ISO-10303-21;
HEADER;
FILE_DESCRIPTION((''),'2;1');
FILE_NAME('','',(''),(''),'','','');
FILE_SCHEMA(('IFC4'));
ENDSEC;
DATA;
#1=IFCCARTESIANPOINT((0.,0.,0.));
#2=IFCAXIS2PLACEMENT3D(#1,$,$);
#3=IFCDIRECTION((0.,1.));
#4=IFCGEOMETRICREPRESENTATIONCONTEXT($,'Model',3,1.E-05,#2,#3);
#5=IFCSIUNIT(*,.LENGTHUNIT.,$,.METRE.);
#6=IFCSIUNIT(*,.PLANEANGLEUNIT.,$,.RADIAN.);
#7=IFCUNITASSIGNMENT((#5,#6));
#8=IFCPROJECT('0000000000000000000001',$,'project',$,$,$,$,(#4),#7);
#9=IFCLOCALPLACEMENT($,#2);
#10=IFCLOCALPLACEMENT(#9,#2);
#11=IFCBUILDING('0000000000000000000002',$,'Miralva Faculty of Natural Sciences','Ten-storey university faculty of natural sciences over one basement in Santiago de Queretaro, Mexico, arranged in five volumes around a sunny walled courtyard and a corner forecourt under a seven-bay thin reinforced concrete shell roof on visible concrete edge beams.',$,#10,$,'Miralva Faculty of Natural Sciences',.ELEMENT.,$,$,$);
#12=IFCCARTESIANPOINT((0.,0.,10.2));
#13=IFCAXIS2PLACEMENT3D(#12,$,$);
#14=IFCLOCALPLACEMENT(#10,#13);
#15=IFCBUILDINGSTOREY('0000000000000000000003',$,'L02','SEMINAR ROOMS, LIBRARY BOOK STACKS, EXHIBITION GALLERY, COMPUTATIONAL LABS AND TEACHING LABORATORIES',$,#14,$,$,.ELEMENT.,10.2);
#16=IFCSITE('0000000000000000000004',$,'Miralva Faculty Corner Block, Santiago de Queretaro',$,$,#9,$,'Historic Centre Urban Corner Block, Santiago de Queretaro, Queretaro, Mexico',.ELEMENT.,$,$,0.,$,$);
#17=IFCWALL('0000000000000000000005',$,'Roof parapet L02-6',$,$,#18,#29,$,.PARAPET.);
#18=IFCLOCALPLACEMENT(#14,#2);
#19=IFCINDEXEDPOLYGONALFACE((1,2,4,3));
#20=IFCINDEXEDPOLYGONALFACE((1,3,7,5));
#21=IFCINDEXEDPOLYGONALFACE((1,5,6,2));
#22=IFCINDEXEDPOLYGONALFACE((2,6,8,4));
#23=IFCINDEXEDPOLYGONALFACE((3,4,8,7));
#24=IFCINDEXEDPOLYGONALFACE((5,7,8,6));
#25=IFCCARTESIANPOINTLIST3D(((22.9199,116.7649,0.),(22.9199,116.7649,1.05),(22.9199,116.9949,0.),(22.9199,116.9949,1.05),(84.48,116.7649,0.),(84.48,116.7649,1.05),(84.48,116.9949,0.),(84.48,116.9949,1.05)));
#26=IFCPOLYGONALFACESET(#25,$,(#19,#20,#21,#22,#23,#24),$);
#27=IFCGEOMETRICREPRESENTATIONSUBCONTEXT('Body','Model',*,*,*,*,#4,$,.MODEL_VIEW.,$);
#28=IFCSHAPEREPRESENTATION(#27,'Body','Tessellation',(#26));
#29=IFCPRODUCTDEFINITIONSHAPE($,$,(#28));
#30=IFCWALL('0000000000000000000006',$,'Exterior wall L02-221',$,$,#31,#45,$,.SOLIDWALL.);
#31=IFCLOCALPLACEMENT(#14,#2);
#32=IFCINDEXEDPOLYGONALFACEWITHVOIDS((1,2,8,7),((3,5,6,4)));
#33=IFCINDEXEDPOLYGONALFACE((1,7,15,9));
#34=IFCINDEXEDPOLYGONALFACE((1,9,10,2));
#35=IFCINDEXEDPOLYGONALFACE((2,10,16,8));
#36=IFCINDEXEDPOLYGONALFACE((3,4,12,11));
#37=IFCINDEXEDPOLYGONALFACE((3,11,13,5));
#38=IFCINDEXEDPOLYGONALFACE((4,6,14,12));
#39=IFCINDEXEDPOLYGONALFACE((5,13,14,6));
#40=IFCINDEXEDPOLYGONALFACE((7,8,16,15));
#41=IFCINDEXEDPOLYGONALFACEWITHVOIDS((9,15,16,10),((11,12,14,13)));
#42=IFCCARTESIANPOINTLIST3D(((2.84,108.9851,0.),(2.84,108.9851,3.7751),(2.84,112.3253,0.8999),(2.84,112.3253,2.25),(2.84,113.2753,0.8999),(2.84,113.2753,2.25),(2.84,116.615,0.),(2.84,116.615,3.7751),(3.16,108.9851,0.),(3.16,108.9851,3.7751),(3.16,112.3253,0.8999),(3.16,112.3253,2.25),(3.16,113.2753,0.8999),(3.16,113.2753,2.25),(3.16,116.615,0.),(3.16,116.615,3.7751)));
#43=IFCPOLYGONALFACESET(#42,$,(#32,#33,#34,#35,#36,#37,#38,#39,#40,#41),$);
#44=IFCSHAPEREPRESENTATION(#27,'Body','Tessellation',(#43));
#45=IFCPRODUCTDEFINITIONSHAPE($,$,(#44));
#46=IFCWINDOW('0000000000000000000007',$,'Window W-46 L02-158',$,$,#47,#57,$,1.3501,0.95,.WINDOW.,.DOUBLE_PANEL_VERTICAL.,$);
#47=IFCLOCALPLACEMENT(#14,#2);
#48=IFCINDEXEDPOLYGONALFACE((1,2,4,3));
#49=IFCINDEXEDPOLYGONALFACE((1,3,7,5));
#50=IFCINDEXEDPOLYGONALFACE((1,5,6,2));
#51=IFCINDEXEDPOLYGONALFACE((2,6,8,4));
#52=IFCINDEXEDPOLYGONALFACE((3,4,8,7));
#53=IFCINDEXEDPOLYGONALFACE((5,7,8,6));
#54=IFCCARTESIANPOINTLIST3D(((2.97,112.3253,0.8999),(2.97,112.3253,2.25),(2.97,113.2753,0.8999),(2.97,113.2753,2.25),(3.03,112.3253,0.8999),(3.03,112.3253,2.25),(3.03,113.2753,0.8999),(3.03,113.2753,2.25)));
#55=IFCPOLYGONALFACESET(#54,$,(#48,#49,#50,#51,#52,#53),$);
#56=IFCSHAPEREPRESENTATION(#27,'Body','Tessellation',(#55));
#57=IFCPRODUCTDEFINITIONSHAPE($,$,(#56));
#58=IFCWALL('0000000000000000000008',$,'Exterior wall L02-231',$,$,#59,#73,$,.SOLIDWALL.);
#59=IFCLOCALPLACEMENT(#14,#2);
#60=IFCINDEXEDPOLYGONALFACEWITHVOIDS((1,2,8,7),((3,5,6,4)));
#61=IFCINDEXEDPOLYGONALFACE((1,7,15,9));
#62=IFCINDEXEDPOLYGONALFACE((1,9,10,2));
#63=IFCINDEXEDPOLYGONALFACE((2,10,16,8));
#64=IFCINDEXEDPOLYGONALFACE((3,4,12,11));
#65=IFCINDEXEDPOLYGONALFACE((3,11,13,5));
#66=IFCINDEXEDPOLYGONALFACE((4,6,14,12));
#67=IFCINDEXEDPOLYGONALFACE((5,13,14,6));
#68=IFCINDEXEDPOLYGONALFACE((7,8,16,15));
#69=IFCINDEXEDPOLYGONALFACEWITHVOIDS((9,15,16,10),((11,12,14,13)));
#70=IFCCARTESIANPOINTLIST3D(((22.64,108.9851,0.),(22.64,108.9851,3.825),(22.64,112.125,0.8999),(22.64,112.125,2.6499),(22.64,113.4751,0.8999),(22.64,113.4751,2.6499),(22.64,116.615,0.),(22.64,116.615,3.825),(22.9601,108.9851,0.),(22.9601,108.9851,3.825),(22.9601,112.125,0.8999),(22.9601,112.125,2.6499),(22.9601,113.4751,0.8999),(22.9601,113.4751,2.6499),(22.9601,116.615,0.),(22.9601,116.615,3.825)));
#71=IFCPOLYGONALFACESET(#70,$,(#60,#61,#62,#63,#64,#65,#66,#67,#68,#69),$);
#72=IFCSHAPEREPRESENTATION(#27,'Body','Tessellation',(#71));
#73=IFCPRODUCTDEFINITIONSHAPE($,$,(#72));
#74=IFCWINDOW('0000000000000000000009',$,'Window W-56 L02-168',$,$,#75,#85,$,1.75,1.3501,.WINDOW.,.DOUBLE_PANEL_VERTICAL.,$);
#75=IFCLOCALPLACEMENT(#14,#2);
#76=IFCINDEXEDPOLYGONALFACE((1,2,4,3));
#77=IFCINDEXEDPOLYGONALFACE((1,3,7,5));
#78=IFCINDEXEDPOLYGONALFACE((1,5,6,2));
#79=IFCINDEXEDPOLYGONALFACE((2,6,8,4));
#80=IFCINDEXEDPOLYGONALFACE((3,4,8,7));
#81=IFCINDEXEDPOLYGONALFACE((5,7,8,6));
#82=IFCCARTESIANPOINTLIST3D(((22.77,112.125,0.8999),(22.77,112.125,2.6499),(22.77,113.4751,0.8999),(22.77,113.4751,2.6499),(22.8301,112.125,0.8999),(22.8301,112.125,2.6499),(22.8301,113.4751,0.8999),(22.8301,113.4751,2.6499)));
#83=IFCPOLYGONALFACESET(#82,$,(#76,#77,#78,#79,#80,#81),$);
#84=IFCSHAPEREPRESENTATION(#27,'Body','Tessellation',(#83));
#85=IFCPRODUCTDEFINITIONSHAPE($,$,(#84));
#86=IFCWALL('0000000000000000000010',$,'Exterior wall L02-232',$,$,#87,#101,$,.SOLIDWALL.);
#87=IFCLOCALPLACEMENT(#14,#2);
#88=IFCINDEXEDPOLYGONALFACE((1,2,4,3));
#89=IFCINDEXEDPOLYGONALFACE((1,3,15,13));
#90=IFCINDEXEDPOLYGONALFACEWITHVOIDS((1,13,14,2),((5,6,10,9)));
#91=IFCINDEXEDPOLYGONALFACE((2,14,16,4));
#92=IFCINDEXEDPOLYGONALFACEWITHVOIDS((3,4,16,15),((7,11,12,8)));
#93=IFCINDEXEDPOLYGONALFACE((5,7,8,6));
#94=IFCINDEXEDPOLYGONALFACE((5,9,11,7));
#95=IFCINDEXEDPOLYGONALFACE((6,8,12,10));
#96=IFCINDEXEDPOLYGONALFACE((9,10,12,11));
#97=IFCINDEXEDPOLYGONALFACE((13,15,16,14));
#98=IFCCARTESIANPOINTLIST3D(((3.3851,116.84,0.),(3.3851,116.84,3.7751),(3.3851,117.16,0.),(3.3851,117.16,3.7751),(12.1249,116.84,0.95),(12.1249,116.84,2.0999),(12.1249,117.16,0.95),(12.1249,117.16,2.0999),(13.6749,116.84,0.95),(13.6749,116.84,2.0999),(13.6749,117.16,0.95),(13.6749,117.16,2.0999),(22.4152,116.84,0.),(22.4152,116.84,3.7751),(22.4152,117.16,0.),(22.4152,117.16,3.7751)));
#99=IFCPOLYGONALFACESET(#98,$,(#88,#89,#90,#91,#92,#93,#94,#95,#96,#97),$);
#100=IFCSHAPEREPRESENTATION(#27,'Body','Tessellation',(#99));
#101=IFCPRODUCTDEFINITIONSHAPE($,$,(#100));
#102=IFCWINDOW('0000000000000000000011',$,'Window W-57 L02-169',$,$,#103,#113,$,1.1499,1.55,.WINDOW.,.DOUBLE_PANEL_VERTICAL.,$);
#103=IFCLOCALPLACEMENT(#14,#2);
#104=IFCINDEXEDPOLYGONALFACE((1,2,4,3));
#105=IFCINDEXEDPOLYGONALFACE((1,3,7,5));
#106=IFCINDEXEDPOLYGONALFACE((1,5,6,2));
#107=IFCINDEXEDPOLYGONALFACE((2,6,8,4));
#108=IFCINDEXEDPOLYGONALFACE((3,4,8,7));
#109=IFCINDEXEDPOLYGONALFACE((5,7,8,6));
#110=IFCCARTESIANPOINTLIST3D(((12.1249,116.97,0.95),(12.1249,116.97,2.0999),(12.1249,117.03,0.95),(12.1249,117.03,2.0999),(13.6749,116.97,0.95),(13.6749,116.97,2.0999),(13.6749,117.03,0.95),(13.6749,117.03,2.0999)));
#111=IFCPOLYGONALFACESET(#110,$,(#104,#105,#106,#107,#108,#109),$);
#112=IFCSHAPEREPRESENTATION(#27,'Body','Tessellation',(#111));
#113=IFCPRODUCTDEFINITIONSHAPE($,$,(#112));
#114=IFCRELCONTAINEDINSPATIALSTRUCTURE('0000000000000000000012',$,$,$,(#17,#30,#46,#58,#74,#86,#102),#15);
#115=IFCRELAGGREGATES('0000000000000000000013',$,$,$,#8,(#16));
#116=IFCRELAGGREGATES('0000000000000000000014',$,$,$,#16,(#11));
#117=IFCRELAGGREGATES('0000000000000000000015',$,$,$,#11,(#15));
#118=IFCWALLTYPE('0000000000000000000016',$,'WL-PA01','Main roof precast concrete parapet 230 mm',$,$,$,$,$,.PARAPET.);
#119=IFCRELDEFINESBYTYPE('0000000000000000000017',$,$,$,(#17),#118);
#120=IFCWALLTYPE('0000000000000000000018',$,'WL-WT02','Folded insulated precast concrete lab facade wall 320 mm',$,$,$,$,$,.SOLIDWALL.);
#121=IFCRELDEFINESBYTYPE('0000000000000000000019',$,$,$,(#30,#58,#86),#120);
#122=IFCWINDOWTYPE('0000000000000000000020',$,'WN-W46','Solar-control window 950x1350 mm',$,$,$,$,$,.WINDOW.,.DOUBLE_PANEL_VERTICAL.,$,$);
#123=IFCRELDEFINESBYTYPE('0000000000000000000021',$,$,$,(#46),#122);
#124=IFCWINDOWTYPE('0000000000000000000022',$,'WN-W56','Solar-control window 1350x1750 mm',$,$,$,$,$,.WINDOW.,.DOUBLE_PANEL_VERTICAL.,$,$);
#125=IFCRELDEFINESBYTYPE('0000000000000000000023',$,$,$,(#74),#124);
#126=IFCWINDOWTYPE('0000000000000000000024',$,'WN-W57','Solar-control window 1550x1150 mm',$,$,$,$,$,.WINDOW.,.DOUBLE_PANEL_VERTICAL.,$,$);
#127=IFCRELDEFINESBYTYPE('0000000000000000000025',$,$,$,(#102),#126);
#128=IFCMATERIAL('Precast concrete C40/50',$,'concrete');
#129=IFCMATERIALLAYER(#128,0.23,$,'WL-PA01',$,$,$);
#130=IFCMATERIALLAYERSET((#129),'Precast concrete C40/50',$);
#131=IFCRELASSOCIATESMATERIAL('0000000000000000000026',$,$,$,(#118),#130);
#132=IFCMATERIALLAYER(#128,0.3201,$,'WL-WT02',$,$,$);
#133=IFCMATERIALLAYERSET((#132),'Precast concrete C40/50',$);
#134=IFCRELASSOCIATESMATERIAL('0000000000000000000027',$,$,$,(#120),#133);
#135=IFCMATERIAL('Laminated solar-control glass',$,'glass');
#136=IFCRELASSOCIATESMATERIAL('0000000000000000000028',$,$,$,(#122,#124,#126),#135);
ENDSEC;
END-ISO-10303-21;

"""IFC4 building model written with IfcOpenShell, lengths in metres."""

from ifc_helpers import new_model, si_unit, direction, frame, frame_2d, origin, place, context, subcontext, project, spatial, rectangle, extrude, material, layer, layer_set, type_object, element, fill, save


model = new_model("IFC4")

# Units and contexts
model_context = context("Model", 3, precision=1e-05, world=origin(), true_north=direction((0.0, 1.0)))
body_context = subcontext(model_context, "Body", "Model", "MODEL_VIEW")
ifc_project = project(units=[si_unit("LENGTHUNIT", "METRE"), si_unit("PLANEANGLEUNIT", "RADIAN")], contexts=[model_context])

# Site, building, storey
site_placement = place(None, origin())
site = spatial("IfcSite", under=ifc_project, at=site_placement, Name="Miralva Faculty Corner Block, Santiago de Queretaro", LongName="Historic Centre Urban Corner Block, Santiago de Queretaro, Queretaro, Mexico", CompositionType="ELEMENT", RefElevation=0.0)
building_placement = place(site_placement, origin())
building = spatial("IfcBuilding", under=site, at=building_placement, Name="Miralva Faculty of Natural Sciences", Description="Ten-storey university faculty of natural sciences over one basement in Santiago de Queretaro, Mexico, arranged in five volumes around a sunny walled courtyard and a corner forecourt under a seven-bay thin reinforced concrete shell roof on visible concrete edge beams.", LongName="Miralva Faculty of Natural Sciences", CompositionType="ELEMENT")
storey_placement = place(building_placement, frame((0.0, 0.0, 10.2)))
storey = spatial("IfcBuildingStorey", under=building, at=storey_placement, Name="L02", Description="SEMINAR ROOMS, LIBRARY BOOK STACKS, EXHIBITION GALLERY, COMPUTATIONAL LABS AND TEACHING LABORATORIES", CompositionType="ELEMENT", Elevation=10.2)

# Wall
ifc_material_1 = material(Name="Precast concrete C40/50", Category="concrete")
ifc_layer_1 = layer(ifc_material_1, 0.23, Name="WL-PA01")
ifc_layer_set_1 = layer_set([ifc_layer_1], Name="Precast concrete C40/50")
wall_type_1 = type_object("IfcWallType", Name="WL-PA01", Description="Main roof precast concrete parapet 230 mm", PredefinedType="PARAPET", material=ifc_layer_set_1)
wall_1_placement = place(storey_placement, frame((22.9199, 116.8799, 0.0), z_axis=(0.0, 0.0, 1.0), x_axis=(1.0, 0.0, 0.0)))
element("IfcWall", 1, at=wall_1_placement, inside=storey, type_object=wall_type_1, Name="Roof parapet L02-6", PredefinedType="PARAPET", context=body_context, shape_type="SweptSolid", body=[
    extrude(rectangle(XDim=61.5601, YDim=0.23, at=frame_2d((30.78, 0.0))), origin(), (0.0, 0.0, 1.0), 1.05),
])

# Walls, openings, windows
ifc_layer_2 = layer(ifc_material_1, 0.3201, Name="WL-WT02")
ifc_layer_set_2 = layer_set([ifc_layer_2], Name="Precast concrete C40/50")
wall_type_2 = type_object("IfcWallType", Name="WL-WT02", Description="Folded insulated precast concrete lab facade wall 320 mm", PredefinedType="SOLIDWALL", material=ifc_layer_set_2)
wall_2_placement = place(storey_placement, frame((3.0, 108.9851, 0.0), z_axis=(0.0, 0.0, 1.0), x_axis=(0.0, 1.0, 0.0)))
wall_2 = element("IfcWall", 2, at=wall_2_placement, inside=storey, type_object=wall_type_2, Name="Exterior wall L02-221", PredefinedType="SOLIDWALL", context=body_context, shape_type="SweptSolid", body=[
    extrude(rectangle(XDim=7.6299, YDim=0.3201, at=frame_2d((3.8149, 0.0))), origin(), (0.0, 0.0, 1.0), 3.7751),
])
opening_1_placement = place(wall_2_placement, frame((3.3401, 0.0, 0.8999)))
opening_1 = element("IfcOpeningElement", 3, at=opening_1_placement, cuts=wall_2, PredefinedType="OPENING", context=body_context, shape_type="SweptSolid", body=[
    extrude(rectangle(XDim=0.95, YDim=1.3501, at=frame_2d((0.4751, 0.675))), frame((0.0, 0.1699, 0.0), z_axis=(0.0, -1.0, 0.0), x_axis=(1.0, 0.0, 0.0)), (0.0, 0.0, 1.0), 0.3401),
])
ifc_material_2 = material(Name="Laminated solar-control glass", Category="glass")
window_type_1 = type_object("IfcWindowType", Name="WN-W46", Description="Solar-control window 950x1350 mm", PartitioningType="DOUBLE_PANEL_VERTICAL", PredefinedType="WINDOW", material=ifc_material_2)
window_1_placement = place(opening_1_placement, origin())
window_1 = element("IfcWindow", 4, at=window_1_placement, inside=storey, type_object=window_type_1, Name="Window W-46 L02-158", OverallHeight=1.3501, OverallWidth=0.95, PartitioningType="DOUBLE_PANEL_VERTICAL", PredefinedType="WINDOW", context=body_context, shape_type="SweptSolid", body=[
    extrude(rectangle(XDim=0.95, YDim=1.3501, at=frame_2d((0.4751, 0.675))), frame((0.0, 0.03, 0.0), z_axis=(0.0, -1.0, 0.0), x_axis=(1.0, 0.0, 0.0)), (0.0, 0.0, 1.0), 0.0601),
])
fill(opening_1, window_1)
wall_3_placement = place(storey_placement, frame((22.8, 108.9851, 0.0), z_axis=(0.0, 0.0, 1.0), x_axis=(0.0, 1.0, 0.0)))
wall_3 = element("IfcWall", 5, at=wall_3_placement, inside=storey, type_object=wall_type_2, Name="Exterior wall L02-231", PredefinedType="SOLIDWALL", context=body_context, shape_type="SweptSolid", body=[
    extrude(rectangle(XDim=7.6299, YDim=0.3201, at=frame_2d((3.8149, 0.0))), origin(), (0.0, 0.0, 1.0), 3.825),
])
opening_2_placement = place(wall_3_placement, frame((3.1399, 0.0, 0.8999)))
opening_2 = element("IfcOpeningElement", 6, at=opening_2_placement, cuts=wall_3, PredefinedType="OPENING", context=body_context, shape_type="SweptSolid", body=[
    extrude(rectangle(XDim=1.3501, YDim=1.75, at=frame_2d((0.675, 0.875))), frame((0.0, 0.1699, 0.0), z_axis=(0.0, -1.0, 0.0), x_axis=(1.0, 0.0, 0.0)), (0.0, 0.0, 1.0), 0.3401),
])
window_type_2 = type_object("IfcWindowType", Name="WN-W56", Description="Solar-control window 1350x1750 mm", PartitioningType="DOUBLE_PANEL_VERTICAL", PredefinedType="WINDOW", material=ifc_material_2)
window_2_placement = place(opening_2_placement, frame((1.3501, 0.0, 0.0), z_axis=(0.0, 0.0, 1.0), x_axis=(-1.0, 0.0, 0.0)))
window_2 = element("IfcWindow", 7, at=window_2_placement, inside=storey, type_object=window_type_2, Name="Window W-56 L02-168", OverallHeight=1.75, OverallWidth=1.3501, PartitioningType="DOUBLE_PANEL_VERTICAL", PredefinedType="WINDOW", context=body_context, shape_type="SweptSolid", body=[
    extrude(rectangle(XDim=1.3501, YDim=1.75, at=frame_2d((0.675, 0.875))), frame((0.0, 0.03, 0.0), z_axis=(0.0, -1.0, 0.0), x_axis=(1.0, 0.0, 0.0)), (0.0, 0.0, 1.0), 0.0601),
])
fill(opening_2, window_2)
wall_4_placement = place(storey_placement, frame((3.385, 117.0, 0.0), z_axis=(0.0, 0.0, 1.0), x_axis=(1.0, 0.0, 0.0)))
wall_4 = element("IfcWall", 8, at=wall_4_placement, inside=storey, type_object=wall_type_2, Name="Exterior wall L02-232", PredefinedType="SOLIDWALL", context=body_context, shape_type="SweptSolid", body=[
    extrude(rectangle(XDim=19.03, YDim=0.3201, at=frame_2d((9.5151, 0.0))), origin(), (0.0, 0.0, 1.0), 3.7751),
])
opening_3_placement = place(wall_4_placement, frame((8.74, 0.0, 0.95)))
opening_3 = element("IfcOpeningElement", 9, at=opening_3_placement, cuts=wall_4, PredefinedType="OPENING", context=body_context, shape_type="SweptSolid", body=[
    extrude(rectangle(XDim=1.55, YDim=1.1499, at=frame_2d((0.7749, 0.575))), frame((0.0, 0.1699, 0.0), z_axis=(0.0, -1.0, 0.0), x_axis=(1.0, 0.0, 0.0)), (0.0, 0.0, 1.0), 0.3401),
])
window_type_3 = type_object("IfcWindowType", Name="WN-W57", Description="Solar-control window 1550x1150 mm", PartitioningType="DOUBLE_PANEL_VERTICAL", PredefinedType="WINDOW", material=ifc_material_2)
window_3_placement = place(opening_3_placement, origin())
window_3 = element("IfcWindow", 10, at=window_3_placement, inside=storey, type_object=window_type_3, Name="Window W-57 L02-169", OverallHeight=1.1499, OverallWidth=1.55, PartitioningType="DOUBLE_PANEL_VERTICAL", PredefinedType="WINDOW", context=body_context, shape_type="SweptSolid", body=[
    extrude(rectangle(XDim=1.55, YDim=1.1499, at=frame_2d((0.7749, 0.575))), frame((0.0, 0.03, 0.0), z_axis=(0.0, -1.0, 0.0), x_axis=(1.0, 0.0, 0.0)), (0.0, 0.0, 1.0), 0.0601),
])
fill(opening_3, window_3)

save(model, "model.ifc")
